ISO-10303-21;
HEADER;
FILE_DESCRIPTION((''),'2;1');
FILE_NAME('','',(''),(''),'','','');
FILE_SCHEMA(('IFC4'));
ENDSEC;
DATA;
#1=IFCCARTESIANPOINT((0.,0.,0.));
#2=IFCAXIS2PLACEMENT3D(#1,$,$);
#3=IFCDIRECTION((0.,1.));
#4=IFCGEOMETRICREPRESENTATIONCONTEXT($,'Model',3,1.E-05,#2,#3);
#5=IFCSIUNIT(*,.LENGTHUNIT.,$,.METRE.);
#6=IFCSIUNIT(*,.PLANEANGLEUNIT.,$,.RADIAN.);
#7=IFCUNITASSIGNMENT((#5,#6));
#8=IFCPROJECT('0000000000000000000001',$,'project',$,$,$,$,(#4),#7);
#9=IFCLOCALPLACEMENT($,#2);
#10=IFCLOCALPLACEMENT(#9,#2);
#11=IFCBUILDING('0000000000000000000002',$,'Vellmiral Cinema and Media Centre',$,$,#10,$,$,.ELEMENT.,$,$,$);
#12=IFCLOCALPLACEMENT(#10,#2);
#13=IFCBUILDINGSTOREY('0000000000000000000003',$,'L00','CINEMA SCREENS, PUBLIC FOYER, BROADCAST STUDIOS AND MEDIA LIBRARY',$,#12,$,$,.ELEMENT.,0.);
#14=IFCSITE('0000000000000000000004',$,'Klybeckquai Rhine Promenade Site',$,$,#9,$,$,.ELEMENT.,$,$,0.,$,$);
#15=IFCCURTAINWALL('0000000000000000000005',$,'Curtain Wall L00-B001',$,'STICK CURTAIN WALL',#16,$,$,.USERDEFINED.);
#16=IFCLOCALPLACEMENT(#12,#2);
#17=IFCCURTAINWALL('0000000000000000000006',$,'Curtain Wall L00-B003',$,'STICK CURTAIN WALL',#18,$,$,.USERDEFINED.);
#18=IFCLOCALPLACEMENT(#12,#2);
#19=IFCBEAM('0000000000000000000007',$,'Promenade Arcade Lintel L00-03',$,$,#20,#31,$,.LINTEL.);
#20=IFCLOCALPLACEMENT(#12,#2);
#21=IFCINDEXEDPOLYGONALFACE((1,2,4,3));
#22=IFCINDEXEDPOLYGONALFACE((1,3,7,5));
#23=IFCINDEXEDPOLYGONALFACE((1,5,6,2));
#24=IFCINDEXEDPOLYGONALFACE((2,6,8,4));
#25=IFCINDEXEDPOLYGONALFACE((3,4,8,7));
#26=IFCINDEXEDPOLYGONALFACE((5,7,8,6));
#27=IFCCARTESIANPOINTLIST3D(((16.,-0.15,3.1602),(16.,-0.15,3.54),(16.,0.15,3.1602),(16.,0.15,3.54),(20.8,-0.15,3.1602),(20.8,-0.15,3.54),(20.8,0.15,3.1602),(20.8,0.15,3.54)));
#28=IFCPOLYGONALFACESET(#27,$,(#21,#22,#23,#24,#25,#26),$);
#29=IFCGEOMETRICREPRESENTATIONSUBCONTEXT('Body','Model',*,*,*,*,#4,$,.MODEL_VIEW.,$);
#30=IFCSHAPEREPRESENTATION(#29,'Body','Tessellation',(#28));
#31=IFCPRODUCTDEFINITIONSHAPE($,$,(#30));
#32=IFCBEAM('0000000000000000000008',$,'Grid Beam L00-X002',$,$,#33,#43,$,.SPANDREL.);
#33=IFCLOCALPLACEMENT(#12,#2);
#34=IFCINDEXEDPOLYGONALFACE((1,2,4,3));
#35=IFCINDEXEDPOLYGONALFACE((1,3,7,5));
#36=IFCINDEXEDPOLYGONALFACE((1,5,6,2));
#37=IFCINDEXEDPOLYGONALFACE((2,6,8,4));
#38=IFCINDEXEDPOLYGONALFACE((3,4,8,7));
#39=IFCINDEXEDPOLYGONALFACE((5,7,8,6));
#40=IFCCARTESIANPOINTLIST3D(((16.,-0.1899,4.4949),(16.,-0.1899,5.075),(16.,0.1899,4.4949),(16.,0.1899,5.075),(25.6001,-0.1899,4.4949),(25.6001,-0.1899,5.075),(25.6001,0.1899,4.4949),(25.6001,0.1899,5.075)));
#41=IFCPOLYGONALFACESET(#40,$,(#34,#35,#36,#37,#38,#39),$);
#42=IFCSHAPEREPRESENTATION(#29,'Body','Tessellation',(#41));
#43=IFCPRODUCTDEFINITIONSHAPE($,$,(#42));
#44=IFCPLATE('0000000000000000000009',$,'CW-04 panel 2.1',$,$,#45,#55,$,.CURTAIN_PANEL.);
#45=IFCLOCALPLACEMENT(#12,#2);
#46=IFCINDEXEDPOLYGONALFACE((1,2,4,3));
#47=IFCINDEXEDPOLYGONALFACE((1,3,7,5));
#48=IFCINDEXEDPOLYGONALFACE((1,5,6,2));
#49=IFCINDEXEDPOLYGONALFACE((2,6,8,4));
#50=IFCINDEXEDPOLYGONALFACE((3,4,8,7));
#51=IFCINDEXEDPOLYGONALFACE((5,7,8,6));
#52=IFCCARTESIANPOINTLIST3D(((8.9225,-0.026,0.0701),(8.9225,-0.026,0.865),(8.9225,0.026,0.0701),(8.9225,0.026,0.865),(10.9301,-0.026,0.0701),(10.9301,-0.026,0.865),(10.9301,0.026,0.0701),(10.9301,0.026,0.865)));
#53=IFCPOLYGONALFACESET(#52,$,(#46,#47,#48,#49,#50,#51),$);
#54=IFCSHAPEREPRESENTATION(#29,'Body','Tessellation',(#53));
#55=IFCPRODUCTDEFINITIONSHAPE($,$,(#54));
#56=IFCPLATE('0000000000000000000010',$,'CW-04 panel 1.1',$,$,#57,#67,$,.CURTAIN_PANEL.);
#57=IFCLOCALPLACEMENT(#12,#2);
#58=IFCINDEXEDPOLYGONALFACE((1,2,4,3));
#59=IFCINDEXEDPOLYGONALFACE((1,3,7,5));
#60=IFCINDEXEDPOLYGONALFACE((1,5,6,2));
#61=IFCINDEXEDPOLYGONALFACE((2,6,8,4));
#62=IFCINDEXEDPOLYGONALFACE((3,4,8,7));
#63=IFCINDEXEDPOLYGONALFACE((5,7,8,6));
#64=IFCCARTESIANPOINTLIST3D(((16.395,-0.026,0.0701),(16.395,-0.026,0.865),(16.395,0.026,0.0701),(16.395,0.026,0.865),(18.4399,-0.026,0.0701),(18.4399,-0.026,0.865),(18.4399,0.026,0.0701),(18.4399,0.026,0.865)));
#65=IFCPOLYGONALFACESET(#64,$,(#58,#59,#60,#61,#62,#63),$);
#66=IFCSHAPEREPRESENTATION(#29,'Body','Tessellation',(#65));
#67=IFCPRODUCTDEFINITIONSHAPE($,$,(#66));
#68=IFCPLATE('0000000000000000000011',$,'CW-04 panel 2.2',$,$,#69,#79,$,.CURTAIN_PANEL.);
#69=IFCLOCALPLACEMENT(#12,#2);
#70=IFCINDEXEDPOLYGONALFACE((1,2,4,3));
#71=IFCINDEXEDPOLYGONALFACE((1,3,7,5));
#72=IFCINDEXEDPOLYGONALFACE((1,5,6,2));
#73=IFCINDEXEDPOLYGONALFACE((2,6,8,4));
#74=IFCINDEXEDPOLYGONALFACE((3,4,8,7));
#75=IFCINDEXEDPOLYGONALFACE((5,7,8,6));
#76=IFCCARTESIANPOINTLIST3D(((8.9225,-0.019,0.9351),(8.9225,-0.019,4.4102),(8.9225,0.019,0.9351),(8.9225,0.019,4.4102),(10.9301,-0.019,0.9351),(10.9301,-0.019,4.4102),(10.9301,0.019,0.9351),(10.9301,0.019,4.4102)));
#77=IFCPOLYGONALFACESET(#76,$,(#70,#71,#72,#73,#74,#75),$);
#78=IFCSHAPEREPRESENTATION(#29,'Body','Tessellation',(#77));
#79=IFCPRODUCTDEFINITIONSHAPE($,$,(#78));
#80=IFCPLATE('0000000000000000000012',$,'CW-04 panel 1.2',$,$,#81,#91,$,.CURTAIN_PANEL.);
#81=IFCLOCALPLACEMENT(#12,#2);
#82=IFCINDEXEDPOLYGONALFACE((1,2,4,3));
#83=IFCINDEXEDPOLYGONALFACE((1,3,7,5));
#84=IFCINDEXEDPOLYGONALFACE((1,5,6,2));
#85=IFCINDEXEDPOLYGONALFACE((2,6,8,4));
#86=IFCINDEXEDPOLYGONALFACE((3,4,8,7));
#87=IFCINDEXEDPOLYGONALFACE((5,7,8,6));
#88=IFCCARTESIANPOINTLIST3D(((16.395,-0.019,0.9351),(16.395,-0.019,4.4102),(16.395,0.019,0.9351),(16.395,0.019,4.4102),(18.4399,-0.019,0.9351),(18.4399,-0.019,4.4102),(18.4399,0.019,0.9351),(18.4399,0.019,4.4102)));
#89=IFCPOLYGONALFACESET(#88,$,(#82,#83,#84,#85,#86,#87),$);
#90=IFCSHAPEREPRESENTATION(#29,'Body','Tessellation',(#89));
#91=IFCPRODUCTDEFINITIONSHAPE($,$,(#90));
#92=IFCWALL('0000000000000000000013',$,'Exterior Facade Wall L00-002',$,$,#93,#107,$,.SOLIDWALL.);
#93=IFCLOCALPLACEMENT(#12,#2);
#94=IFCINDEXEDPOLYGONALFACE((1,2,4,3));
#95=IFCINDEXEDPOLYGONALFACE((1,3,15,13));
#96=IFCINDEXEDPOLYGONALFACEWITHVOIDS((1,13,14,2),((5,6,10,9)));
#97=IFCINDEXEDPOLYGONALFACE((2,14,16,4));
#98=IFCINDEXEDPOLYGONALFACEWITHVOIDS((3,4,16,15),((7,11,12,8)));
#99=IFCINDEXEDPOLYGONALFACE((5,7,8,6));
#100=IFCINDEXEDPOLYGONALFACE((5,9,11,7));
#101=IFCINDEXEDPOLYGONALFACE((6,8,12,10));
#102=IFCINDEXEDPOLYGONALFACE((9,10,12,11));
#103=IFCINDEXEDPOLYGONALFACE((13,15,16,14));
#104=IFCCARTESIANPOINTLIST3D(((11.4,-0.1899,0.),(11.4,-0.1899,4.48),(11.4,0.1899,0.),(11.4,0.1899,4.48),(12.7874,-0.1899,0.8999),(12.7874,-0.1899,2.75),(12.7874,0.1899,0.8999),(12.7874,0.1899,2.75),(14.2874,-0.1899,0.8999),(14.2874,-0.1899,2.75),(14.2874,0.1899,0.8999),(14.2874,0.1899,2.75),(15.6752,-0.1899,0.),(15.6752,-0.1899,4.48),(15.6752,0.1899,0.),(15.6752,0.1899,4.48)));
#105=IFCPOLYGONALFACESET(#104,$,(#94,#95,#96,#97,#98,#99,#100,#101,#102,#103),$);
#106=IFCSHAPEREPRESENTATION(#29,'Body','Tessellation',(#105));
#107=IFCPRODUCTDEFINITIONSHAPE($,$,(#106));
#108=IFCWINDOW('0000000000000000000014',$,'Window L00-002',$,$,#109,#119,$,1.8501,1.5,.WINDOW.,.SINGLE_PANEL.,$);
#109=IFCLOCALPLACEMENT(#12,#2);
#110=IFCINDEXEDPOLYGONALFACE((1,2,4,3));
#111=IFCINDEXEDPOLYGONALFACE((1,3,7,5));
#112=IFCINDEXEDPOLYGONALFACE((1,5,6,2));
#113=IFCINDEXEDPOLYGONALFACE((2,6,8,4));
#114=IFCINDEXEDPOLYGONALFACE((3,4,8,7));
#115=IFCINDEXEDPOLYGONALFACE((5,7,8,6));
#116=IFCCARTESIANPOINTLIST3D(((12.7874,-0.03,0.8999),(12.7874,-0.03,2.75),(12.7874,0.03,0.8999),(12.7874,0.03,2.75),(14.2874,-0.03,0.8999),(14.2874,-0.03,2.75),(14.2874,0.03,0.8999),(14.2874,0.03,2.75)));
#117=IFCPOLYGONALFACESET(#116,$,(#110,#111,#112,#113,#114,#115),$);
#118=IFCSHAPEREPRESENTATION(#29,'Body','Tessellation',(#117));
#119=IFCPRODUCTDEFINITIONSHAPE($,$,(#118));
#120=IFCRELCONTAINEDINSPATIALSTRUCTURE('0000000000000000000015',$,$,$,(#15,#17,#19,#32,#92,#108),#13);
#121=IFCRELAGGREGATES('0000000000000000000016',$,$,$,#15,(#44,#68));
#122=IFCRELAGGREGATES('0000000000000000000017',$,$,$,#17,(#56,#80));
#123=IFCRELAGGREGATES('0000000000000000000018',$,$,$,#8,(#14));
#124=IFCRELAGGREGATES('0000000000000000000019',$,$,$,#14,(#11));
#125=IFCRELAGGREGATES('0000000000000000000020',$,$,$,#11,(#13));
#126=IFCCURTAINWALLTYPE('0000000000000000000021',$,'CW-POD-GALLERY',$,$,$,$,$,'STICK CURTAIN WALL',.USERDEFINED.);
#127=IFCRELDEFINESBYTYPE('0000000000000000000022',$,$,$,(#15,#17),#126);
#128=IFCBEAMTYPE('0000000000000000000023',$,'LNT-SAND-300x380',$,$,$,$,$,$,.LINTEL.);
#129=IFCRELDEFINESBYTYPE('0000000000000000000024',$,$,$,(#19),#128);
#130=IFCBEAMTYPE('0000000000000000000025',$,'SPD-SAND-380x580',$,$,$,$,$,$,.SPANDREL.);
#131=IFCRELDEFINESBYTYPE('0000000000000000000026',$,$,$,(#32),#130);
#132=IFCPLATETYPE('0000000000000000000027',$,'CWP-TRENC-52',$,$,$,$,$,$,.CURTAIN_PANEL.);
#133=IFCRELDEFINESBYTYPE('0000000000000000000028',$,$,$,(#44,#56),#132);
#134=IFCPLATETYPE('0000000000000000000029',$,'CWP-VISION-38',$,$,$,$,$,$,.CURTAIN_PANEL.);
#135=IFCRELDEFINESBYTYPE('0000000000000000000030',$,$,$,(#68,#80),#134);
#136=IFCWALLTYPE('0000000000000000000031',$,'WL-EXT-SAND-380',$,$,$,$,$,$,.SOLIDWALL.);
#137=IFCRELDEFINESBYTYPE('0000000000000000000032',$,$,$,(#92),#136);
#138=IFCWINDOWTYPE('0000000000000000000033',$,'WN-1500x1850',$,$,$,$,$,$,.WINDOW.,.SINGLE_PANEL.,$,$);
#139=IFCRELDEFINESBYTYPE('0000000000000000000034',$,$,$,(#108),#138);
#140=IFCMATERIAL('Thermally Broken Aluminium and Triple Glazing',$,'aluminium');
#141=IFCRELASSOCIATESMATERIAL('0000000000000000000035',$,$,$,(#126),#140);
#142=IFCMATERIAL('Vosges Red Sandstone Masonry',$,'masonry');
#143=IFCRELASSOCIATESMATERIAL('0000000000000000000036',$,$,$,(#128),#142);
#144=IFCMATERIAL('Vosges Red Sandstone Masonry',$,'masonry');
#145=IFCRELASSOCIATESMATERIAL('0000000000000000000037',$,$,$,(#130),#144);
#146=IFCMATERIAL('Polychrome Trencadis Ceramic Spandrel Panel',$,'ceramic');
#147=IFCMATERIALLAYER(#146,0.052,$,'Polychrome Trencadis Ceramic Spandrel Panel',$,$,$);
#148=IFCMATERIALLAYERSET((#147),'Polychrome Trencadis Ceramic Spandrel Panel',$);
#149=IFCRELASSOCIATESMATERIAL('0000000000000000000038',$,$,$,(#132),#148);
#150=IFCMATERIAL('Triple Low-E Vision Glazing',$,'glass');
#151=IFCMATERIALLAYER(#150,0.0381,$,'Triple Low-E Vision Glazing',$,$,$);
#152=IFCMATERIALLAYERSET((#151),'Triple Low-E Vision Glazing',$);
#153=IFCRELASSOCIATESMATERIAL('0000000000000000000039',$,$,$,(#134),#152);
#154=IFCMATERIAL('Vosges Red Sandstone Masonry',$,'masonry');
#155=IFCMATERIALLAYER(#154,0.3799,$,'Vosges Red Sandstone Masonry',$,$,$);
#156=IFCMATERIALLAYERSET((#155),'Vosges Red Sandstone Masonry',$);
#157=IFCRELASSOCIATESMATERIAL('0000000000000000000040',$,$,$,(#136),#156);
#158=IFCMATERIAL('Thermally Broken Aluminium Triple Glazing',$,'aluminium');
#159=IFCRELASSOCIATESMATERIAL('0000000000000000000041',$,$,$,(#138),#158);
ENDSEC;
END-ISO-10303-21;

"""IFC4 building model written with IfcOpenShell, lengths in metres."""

from ifc_helpers import new_model, si_unit, direction, frame, frame_2d, origin, origin_2d, place, context, subcontext, project, spatial, rectangle, extrude, material, layer, layer_set, material_profile, profile_set, type_object, element, fill, aggregate, save


model = new_model("IFC4")

# Units and contexts
model_context = context("Model", 3, precision=1e-05, world=origin(), true_north=direction((0.0, 1.0)))
body_context = subcontext(model_context, "Body", "Model", "MODEL_VIEW")
ifc_project = project(units=[si_unit("LENGTHUNIT", "METRE"), si_unit("PLANEANGLEUNIT", "RADIAN")], contexts=[model_context])

# Site, building, storey
site_placement = place(None, origin())
site = spatial("IfcSite", under=ifc_project, at=site_placement, Name="Klybeckquai Rhine Promenade Site", CompositionType="ELEMENT", RefElevation=0.0)
building_placement = place(site_placement, origin())
building = spatial("IfcBuilding", under=site, at=building_placement, Name="Vellmiral Cinema and Media Centre", CompositionType="ELEMENT")
storey_placement = place(building_placement, origin())
storey = spatial("IfcBuildingStorey", under=building, at=storey_placement, Name="L00", Description="CINEMA SCREENS, PUBLIC FOYER, BROADCAST STUDIOS AND MEDIA LIBRARY", CompositionType="ELEMENT", Elevation=0.0)

# Curtain wall
ifc_material_1 = material(Name="Thermally Broken Aluminium and Triple Glazing", Category="aluminium")
curtain_wall_type = type_object("IfcCurtainWallType", Name="CW-POD-GALLERY", ElementType="STICK CURTAIN WALL", PredefinedType="USERDEFINED", material=ifc_material_1)
curtain_wall_1_placement = place(storey_placement, origin())
curtain_wall_1 = element("IfcCurtainWall", 1, at=curtain_wall_1_placement, inside=storey, type_object=curtain_wall_type, Name="Curtain Wall L00-B001", ObjectType="STICK CURTAIN WALL", PredefinedType="USERDEFINED")

# Curtain wall
curtain_wall_2_placement = place(storey_placement, origin())
curtain_wall_2 = element("IfcCurtainWall", 2, at=curtain_wall_2_placement, inside=storey, type_object=curtain_wall_type, Name="Curtain Wall L00-B003", ObjectType="STICK CURTAIN WALL", PredefinedType="USERDEFINED")

# Beams
ifc_material_2 = material(Name="Vosges Red Sandstone Masonry", Category="masonry")
ifc_material_profile_1 = material_profile(ifc_material_2, rectangle(XDim=0.3, YDim=0.3799, at=origin_2d()), Name="SAND 300x380")
ifc_profile_set_1 = profile_set([ifc_material_profile_1], Name="Vosges Red Sandstone Masonry")
beam_type_1 = type_object("IfcBeamType", Name="LNT-SAND-300x380", PredefinedType="LINTEL", material=ifc_profile_set_1)
beam_1_placement = place(storey_placement, frame((16.0, 0.0, 3.3501), z_axis=(1.0, 0.0, 0.0), x_axis=(0.0, 1.0, 0.0)))
element("IfcBeam", 3, at=beam_1_placement, inside=storey, type_object=beam_type_1, Name="Promenade Arcade Lintel L00-03", PredefinedType="LINTEL", context=body_context, shape_type="SweptSolid", body=[
    extrude(rectangle(XDim=0.3, YDim=0.3799, at=origin_2d()), origin(), (0.0, 0.0, 1.0), 4.8),
])
ifc_material_3 = material(Name="Vosges Red Sandstone Masonry", Category="masonry")
ifc_material_profile_2 = material_profile(ifc_material_3, rectangle(XDim=0.3799, YDim=0.5801, at=origin_2d()), Name="SAND 380x580")
ifc_profile_set_2 = profile_set([ifc_material_profile_2], Name="Vosges Red Sandstone Masonry")
beam_type_2 = type_object("IfcBeamType", Name="SPD-SAND-380x580", PredefinedType="SPANDREL", material=ifc_profile_set_2)
beam_2_placement = place(storey_placement, frame((16.0, 0.0, 4.7849), z_axis=(1.0, 0.0, 0.0), x_axis=(0.0, 1.0, 0.0)))
element("IfcBeam", 4, at=beam_2_placement, inside=storey, type_object=beam_type_2, Name="Grid Beam L00-X002", PredefinedType="SPANDREL", context=body_context, shape_type="SweptSolid", body=[
    extrude(rectangle(XDim=0.3799, YDim=0.5801, at=origin_2d()), origin(), (0.0, 0.0, 1.0), 9.6001),
])

# Plates
ifc_material_4 = material(Name="Polychrome Trencadis Ceramic Spandrel Panel", Category="ceramic")
ifc_layer_1 = layer(ifc_material_4, 0.052, Name="Polychrome Trencadis Ceramic Spandrel Panel")
ifc_layer_set_1 = layer_set([ifc_layer_1], Name="Polychrome Trencadis Ceramic Spandrel Panel")
plate_type_1 = type_object("IfcPlateType", Name="CWP-TRENC-52", PredefinedType="CURTAIN_PANEL", material=ifc_layer_set_1)
plate_1_placement = place(storey_placement, frame((9.9263, 0.0, 0.0701), z_axis=(0.0, 0.0, 1.0), x_axis=(1.0, 0.0, 0.0)))
plate_1 = element("IfcPlate", 5, at=plate_1_placement, type_object=plate_type_1, Name="CW-04 panel 2.1", PredefinedType="CURTAIN_PANEL", context=body_context, shape_type="SweptSolid", body=[
    extrude(rectangle(XDim=2.0076, YDim=0.052, at=origin_2d()), origin(), (0.0, 0.0, 1.0), 0.7949),
])
plate_2_placement = place(storey_placement, frame((17.4175, 0.0, 0.0701), z_axis=(0.0, 0.0, 1.0), x_axis=(1.0, 0.0, 0.0)))
plate_2 = element("IfcPlate", 6, at=plate_2_placement, type_object=plate_type_1, Name="CW-04 panel 1.1", PredefinedType="CURTAIN_PANEL", context=body_context, shape_type="SweptSolid", body=[
    extrude(rectangle(XDim=2.0449, YDim=0.052, at=origin_2d()), origin(), (0.0, 0.0, 1.0), 0.7949),
])
ifc_material_5 = material(Name="Triple Low-E Vision Glazing", Category="glass")
ifc_layer_2 = layer(ifc_material_5, 0.0381, Name="Triple Low-E Vision Glazing")
ifc_layer_set_2 = layer_set([ifc_layer_2], Name="Triple Low-E Vision Glazing")
plate_type_2 = type_object("IfcPlateType", Name="CWP-VISION-38", PredefinedType="CURTAIN_PANEL", material=ifc_layer_set_2)
plate_3_placement = place(storey_placement, frame((9.9263, 0.0, 0.9351), z_axis=(0.0, 0.0, 1.0), x_axis=(1.0, 0.0, 0.0)))
plate_3 = element("IfcPlate", 7, at=plate_3_placement, type_object=plate_type_2, Name="CW-04 panel 2.2", PredefinedType="CURTAIN_PANEL", context=body_context, shape_type="SweptSolid", body=[
    extrude(rectangle(XDim=2.0076, YDim=0.0381, at=origin_2d()), origin(), (0.0, 0.0, 1.0), 3.4751),
])
aggregate(curtain_wall_1, [plate_1, plate_3])
plate_4_placement = place(storey_placement, frame((17.4175, 0.0, 0.9351), z_axis=(0.0, 0.0, 1.0), x_axis=(1.0, 0.0, 0.0)))
plate_4 = element("IfcPlate", 8, at=plate_4_placement, type_object=plate_type_2, Name="CW-04 panel 1.2", PredefinedType="CURTAIN_PANEL", context=body_context, shape_type="SweptSolid", body=[
    extrude(rectangle(XDim=2.0449, YDim=0.0381, at=origin_2d()), origin(), (0.0, 0.0, 1.0), 3.4751),
])
aggregate(curtain_wall_2, [plate_2, plate_4])

# Wall, opening, window
ifc_material_6 = material(Name="Vosges Red Sandstone Masonry", Category="masonry")
ifc_layer_3 = layer(ifc_material_6, 0.3799, Name="Vosges Red Sandstone Masonry")
ifc_layer_set_3 = layer_set([ifc_layer_3], Name="Vosges Red Sandstone Masonry")
wall_type = type_object("IfcWallType", Name="WL-EXT-SAND-380", PredefinedType="SOLIDWALL", material=ifc_layer_set_3)
wall_placement = place(storey_placement, frame((11.3999, 0.0, 0.0), z_axis=(0.0, 0.0, 1.0), x_axis=(1.0, 0.0, 0.0)))
wall = element("IfcWall", 9, at=wall_placement, inside=storey, type_object=wall_type, Name="Exterior Facade Wall L00-002", PredefinedType="SOLIDWALL", context=body_context, shape_type="SweptSolid", body=[
    extrude(rectangle(XDim=4.2751, YDim=0.3799, at=frame_2d((2.1377, 0.0))), origin(), (0.0, 0.0, 1.0), 4.48),
])
opening_placement = place(wall_placement, frame((1.3875, 0.0, 0.8999)))
opening = element("IfcOpeningElement", 10, at=opening_placement, cuts=wall, PredefinedType="OPENING", context=body_context, shape_type="SweptSolid", body=[
    extrude(rectangle(XDim=1.5, YDim=1.8501, at=frame_2d((0.75, 0.925))), frame((0.0, 0.2019, 0.0), z_axis=(0.0, -1.0, 0.0), x_axis=(1.0, 0.0, 0.0)), (0.0, 0.0, 1.0), 0.4038),
])
ifc_material_7 = material(Name="Thermally Broken Aluminium Triple Glazing", Category="aluminium")
window_type = type_object("IfcWindowType", Name="WN-1500x1850", PartitioningType="SINGLE_PANEL", PredefinedType="WINDOW", material=ifc_material_7)
window_placement = place(opening_placement, origin())
window = element("IfcWindow", 11, at=window_placement, inside=storey, type_object=window_type, Name="Window L00-002", OverallHeight=1.8501, OverallWidth=1.5, PartitioningType="SINGLE_PANEL", PredefinedType="WINDOW", context=body_context, shape_type="SweptSolid", body=[
    extrude(rectangle(XDim=1.5, YDim=1.8501, at=frame_2d((0.75, 0.925))), frame((0.0, 0.03, 0.0), z_axis=(0.0, -1.0, 0.0), x_axis=(1.0, 0.0, 0.0)), (0.0, 0.0, 1.0), 0.0601),
])
fill(opening, window)

save(model, "model.ifc")
